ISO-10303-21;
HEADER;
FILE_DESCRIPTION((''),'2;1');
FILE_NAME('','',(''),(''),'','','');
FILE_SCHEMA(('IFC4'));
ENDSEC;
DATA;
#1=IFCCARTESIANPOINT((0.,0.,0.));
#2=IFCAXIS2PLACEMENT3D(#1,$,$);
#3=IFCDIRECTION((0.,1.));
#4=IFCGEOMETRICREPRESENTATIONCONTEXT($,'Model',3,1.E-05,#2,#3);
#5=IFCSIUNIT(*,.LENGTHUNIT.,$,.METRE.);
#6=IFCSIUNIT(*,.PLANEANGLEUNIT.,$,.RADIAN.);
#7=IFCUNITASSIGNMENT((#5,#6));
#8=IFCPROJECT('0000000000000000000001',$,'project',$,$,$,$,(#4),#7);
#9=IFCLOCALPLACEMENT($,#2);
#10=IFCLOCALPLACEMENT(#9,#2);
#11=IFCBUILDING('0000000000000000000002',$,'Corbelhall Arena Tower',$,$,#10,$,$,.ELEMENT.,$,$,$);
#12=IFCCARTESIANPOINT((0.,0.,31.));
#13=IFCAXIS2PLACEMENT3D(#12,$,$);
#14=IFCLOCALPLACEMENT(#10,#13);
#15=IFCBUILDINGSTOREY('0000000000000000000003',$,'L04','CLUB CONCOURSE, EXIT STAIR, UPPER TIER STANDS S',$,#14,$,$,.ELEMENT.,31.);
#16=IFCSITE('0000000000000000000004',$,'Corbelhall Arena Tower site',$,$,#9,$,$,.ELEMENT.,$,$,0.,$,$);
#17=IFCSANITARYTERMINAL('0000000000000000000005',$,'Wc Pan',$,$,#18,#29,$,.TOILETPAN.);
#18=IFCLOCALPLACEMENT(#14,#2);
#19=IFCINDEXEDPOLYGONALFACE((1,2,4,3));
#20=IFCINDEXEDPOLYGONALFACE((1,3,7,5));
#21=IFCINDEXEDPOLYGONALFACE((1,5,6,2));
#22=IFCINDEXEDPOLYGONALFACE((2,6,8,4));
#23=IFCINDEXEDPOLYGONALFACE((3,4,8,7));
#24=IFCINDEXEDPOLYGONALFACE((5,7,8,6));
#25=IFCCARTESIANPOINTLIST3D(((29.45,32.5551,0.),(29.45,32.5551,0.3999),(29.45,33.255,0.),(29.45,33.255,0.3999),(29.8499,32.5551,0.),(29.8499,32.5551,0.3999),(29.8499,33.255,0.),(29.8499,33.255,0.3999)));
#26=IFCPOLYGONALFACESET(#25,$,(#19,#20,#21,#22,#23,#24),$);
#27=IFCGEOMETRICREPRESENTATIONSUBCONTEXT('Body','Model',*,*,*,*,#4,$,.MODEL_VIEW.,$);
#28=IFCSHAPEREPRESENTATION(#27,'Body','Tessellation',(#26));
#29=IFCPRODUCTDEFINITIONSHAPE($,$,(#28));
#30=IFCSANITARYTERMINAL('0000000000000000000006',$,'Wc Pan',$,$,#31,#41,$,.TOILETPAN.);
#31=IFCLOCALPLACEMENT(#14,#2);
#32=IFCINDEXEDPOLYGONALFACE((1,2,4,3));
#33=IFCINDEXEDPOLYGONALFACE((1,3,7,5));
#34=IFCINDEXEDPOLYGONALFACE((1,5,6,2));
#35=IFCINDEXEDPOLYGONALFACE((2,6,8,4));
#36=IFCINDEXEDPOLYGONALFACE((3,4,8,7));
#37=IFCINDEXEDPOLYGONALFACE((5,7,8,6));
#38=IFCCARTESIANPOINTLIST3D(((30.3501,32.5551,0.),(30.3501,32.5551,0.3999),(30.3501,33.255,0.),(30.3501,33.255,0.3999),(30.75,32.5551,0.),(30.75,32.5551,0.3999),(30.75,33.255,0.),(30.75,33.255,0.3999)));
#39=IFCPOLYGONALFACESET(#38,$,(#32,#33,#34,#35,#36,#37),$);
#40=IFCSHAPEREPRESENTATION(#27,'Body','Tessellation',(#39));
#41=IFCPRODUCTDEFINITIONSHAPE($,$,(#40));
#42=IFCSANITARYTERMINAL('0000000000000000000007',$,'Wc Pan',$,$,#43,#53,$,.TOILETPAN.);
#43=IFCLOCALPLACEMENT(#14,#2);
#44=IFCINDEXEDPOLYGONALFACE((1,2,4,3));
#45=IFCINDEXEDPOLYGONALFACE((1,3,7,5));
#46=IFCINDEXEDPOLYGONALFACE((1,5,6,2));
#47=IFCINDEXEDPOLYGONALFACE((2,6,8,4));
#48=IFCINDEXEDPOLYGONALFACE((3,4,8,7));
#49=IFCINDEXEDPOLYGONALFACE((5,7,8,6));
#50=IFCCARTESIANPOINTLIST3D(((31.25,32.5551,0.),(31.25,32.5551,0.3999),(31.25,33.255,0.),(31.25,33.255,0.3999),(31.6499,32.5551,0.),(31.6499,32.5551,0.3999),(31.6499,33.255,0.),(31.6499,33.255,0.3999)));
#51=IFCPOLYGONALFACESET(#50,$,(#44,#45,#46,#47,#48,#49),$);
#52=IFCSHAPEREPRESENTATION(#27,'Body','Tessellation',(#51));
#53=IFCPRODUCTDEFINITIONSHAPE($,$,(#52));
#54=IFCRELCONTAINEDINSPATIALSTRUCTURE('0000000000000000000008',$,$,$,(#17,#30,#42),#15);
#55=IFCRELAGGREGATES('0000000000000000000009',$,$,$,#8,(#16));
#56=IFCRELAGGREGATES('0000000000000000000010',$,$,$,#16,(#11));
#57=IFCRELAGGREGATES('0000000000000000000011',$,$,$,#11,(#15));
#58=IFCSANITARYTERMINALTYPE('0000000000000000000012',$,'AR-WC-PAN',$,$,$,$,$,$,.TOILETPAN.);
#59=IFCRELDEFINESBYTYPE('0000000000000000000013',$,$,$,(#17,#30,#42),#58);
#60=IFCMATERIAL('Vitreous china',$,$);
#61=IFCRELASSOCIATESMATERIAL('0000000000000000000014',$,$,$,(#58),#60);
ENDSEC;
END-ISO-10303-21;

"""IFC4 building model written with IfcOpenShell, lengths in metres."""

from ifc_helpers import new_model, si_unit, direction, frame, origin, origin_2d, place, context, subcontext, project, spatial, rectangle, extrude, material, type_object, element, save


model = new_model("IFC4")

# Units and contexts
model_context = context("Model", 3, precision=1e-05, world=origin(), true_north=direction((0.0, 1.0)))
body_context = subcontext(model_context, "Body", "Model", "MODEL_VIEW")
ifc_project = project(units=[si_unit("LENGTHUNIT", "METRE"), si_unit("PLANEANGLEUNIT", "RADIAN")], contexts=[model_context])

# Site, building, storey
site_placement = place(None, origin())
site = spatial("IfcSite", under=ifc_project, at=site_placement, Name="Corbelhall Arena Tower site", CompositionType="ELEMENT", RefElevation=0.0)
building_placement = place(site_placement, origin())
building = spatial("IfcBuilding", under=site, at=building_placement, Name="Corbelhall Arena Tower", CompositionType="ELEMENT")
storey_placement = place(building_placement, frame((0.0, 0.0, 31.0)))
storey = spatial("IfcBuildingStorey", under=building, at=storey_placement, Name="L04", Description="CLUB CONCOURSE, EXIT STAIR, UPPER TIER STANDS S", CompositionType="ELEMENT", Elevation=31.0)

# Sanitary terminals
ifc_material_1 = material(Name="Vitreous china")
sanitary_terminal_type_1 = type_object("IfcSanitaryTerminalType", Name="AR-WC-PAN", PredefinedType="TOILETPAN", material=ifc_material_1)
for number, where, z_axis, x_axis, name in (
    (1, (29.6499, 32.905, 0.0), (0.0, 0.0, 1.0), (1.0, 0.0, 0.0), "Wc Pan"),
    (2, (30.55, 32.905, 0.0), (0.0, 0.0, 1.0), (1.0, 0.0, 0.0), "Wc Pan"),
    (3, (31.45, 32.905, 0.0), (0.0, 0.0, 1.0), (1.0, 0.0, 0.0), "Wc Pan"),
):
    element("IfcSanitaryTerminal", number, at=place(storey_placement, frame(where, z_axis=z_axis, x_axis=x_axis)), inside=storey, type_object=sanitary_terminal_type_1, Name=name, PredefinedType="TOILETPAN", context=body_context, shape_type="SweptSolid", body=[
        extrude(rectangle(XDim=0.3999, YDim=0.7, at=origin_2d()), origin(), (0.0, 0.0, 1.0), 0.3999),
    ])

save(model, "model.ifc")
